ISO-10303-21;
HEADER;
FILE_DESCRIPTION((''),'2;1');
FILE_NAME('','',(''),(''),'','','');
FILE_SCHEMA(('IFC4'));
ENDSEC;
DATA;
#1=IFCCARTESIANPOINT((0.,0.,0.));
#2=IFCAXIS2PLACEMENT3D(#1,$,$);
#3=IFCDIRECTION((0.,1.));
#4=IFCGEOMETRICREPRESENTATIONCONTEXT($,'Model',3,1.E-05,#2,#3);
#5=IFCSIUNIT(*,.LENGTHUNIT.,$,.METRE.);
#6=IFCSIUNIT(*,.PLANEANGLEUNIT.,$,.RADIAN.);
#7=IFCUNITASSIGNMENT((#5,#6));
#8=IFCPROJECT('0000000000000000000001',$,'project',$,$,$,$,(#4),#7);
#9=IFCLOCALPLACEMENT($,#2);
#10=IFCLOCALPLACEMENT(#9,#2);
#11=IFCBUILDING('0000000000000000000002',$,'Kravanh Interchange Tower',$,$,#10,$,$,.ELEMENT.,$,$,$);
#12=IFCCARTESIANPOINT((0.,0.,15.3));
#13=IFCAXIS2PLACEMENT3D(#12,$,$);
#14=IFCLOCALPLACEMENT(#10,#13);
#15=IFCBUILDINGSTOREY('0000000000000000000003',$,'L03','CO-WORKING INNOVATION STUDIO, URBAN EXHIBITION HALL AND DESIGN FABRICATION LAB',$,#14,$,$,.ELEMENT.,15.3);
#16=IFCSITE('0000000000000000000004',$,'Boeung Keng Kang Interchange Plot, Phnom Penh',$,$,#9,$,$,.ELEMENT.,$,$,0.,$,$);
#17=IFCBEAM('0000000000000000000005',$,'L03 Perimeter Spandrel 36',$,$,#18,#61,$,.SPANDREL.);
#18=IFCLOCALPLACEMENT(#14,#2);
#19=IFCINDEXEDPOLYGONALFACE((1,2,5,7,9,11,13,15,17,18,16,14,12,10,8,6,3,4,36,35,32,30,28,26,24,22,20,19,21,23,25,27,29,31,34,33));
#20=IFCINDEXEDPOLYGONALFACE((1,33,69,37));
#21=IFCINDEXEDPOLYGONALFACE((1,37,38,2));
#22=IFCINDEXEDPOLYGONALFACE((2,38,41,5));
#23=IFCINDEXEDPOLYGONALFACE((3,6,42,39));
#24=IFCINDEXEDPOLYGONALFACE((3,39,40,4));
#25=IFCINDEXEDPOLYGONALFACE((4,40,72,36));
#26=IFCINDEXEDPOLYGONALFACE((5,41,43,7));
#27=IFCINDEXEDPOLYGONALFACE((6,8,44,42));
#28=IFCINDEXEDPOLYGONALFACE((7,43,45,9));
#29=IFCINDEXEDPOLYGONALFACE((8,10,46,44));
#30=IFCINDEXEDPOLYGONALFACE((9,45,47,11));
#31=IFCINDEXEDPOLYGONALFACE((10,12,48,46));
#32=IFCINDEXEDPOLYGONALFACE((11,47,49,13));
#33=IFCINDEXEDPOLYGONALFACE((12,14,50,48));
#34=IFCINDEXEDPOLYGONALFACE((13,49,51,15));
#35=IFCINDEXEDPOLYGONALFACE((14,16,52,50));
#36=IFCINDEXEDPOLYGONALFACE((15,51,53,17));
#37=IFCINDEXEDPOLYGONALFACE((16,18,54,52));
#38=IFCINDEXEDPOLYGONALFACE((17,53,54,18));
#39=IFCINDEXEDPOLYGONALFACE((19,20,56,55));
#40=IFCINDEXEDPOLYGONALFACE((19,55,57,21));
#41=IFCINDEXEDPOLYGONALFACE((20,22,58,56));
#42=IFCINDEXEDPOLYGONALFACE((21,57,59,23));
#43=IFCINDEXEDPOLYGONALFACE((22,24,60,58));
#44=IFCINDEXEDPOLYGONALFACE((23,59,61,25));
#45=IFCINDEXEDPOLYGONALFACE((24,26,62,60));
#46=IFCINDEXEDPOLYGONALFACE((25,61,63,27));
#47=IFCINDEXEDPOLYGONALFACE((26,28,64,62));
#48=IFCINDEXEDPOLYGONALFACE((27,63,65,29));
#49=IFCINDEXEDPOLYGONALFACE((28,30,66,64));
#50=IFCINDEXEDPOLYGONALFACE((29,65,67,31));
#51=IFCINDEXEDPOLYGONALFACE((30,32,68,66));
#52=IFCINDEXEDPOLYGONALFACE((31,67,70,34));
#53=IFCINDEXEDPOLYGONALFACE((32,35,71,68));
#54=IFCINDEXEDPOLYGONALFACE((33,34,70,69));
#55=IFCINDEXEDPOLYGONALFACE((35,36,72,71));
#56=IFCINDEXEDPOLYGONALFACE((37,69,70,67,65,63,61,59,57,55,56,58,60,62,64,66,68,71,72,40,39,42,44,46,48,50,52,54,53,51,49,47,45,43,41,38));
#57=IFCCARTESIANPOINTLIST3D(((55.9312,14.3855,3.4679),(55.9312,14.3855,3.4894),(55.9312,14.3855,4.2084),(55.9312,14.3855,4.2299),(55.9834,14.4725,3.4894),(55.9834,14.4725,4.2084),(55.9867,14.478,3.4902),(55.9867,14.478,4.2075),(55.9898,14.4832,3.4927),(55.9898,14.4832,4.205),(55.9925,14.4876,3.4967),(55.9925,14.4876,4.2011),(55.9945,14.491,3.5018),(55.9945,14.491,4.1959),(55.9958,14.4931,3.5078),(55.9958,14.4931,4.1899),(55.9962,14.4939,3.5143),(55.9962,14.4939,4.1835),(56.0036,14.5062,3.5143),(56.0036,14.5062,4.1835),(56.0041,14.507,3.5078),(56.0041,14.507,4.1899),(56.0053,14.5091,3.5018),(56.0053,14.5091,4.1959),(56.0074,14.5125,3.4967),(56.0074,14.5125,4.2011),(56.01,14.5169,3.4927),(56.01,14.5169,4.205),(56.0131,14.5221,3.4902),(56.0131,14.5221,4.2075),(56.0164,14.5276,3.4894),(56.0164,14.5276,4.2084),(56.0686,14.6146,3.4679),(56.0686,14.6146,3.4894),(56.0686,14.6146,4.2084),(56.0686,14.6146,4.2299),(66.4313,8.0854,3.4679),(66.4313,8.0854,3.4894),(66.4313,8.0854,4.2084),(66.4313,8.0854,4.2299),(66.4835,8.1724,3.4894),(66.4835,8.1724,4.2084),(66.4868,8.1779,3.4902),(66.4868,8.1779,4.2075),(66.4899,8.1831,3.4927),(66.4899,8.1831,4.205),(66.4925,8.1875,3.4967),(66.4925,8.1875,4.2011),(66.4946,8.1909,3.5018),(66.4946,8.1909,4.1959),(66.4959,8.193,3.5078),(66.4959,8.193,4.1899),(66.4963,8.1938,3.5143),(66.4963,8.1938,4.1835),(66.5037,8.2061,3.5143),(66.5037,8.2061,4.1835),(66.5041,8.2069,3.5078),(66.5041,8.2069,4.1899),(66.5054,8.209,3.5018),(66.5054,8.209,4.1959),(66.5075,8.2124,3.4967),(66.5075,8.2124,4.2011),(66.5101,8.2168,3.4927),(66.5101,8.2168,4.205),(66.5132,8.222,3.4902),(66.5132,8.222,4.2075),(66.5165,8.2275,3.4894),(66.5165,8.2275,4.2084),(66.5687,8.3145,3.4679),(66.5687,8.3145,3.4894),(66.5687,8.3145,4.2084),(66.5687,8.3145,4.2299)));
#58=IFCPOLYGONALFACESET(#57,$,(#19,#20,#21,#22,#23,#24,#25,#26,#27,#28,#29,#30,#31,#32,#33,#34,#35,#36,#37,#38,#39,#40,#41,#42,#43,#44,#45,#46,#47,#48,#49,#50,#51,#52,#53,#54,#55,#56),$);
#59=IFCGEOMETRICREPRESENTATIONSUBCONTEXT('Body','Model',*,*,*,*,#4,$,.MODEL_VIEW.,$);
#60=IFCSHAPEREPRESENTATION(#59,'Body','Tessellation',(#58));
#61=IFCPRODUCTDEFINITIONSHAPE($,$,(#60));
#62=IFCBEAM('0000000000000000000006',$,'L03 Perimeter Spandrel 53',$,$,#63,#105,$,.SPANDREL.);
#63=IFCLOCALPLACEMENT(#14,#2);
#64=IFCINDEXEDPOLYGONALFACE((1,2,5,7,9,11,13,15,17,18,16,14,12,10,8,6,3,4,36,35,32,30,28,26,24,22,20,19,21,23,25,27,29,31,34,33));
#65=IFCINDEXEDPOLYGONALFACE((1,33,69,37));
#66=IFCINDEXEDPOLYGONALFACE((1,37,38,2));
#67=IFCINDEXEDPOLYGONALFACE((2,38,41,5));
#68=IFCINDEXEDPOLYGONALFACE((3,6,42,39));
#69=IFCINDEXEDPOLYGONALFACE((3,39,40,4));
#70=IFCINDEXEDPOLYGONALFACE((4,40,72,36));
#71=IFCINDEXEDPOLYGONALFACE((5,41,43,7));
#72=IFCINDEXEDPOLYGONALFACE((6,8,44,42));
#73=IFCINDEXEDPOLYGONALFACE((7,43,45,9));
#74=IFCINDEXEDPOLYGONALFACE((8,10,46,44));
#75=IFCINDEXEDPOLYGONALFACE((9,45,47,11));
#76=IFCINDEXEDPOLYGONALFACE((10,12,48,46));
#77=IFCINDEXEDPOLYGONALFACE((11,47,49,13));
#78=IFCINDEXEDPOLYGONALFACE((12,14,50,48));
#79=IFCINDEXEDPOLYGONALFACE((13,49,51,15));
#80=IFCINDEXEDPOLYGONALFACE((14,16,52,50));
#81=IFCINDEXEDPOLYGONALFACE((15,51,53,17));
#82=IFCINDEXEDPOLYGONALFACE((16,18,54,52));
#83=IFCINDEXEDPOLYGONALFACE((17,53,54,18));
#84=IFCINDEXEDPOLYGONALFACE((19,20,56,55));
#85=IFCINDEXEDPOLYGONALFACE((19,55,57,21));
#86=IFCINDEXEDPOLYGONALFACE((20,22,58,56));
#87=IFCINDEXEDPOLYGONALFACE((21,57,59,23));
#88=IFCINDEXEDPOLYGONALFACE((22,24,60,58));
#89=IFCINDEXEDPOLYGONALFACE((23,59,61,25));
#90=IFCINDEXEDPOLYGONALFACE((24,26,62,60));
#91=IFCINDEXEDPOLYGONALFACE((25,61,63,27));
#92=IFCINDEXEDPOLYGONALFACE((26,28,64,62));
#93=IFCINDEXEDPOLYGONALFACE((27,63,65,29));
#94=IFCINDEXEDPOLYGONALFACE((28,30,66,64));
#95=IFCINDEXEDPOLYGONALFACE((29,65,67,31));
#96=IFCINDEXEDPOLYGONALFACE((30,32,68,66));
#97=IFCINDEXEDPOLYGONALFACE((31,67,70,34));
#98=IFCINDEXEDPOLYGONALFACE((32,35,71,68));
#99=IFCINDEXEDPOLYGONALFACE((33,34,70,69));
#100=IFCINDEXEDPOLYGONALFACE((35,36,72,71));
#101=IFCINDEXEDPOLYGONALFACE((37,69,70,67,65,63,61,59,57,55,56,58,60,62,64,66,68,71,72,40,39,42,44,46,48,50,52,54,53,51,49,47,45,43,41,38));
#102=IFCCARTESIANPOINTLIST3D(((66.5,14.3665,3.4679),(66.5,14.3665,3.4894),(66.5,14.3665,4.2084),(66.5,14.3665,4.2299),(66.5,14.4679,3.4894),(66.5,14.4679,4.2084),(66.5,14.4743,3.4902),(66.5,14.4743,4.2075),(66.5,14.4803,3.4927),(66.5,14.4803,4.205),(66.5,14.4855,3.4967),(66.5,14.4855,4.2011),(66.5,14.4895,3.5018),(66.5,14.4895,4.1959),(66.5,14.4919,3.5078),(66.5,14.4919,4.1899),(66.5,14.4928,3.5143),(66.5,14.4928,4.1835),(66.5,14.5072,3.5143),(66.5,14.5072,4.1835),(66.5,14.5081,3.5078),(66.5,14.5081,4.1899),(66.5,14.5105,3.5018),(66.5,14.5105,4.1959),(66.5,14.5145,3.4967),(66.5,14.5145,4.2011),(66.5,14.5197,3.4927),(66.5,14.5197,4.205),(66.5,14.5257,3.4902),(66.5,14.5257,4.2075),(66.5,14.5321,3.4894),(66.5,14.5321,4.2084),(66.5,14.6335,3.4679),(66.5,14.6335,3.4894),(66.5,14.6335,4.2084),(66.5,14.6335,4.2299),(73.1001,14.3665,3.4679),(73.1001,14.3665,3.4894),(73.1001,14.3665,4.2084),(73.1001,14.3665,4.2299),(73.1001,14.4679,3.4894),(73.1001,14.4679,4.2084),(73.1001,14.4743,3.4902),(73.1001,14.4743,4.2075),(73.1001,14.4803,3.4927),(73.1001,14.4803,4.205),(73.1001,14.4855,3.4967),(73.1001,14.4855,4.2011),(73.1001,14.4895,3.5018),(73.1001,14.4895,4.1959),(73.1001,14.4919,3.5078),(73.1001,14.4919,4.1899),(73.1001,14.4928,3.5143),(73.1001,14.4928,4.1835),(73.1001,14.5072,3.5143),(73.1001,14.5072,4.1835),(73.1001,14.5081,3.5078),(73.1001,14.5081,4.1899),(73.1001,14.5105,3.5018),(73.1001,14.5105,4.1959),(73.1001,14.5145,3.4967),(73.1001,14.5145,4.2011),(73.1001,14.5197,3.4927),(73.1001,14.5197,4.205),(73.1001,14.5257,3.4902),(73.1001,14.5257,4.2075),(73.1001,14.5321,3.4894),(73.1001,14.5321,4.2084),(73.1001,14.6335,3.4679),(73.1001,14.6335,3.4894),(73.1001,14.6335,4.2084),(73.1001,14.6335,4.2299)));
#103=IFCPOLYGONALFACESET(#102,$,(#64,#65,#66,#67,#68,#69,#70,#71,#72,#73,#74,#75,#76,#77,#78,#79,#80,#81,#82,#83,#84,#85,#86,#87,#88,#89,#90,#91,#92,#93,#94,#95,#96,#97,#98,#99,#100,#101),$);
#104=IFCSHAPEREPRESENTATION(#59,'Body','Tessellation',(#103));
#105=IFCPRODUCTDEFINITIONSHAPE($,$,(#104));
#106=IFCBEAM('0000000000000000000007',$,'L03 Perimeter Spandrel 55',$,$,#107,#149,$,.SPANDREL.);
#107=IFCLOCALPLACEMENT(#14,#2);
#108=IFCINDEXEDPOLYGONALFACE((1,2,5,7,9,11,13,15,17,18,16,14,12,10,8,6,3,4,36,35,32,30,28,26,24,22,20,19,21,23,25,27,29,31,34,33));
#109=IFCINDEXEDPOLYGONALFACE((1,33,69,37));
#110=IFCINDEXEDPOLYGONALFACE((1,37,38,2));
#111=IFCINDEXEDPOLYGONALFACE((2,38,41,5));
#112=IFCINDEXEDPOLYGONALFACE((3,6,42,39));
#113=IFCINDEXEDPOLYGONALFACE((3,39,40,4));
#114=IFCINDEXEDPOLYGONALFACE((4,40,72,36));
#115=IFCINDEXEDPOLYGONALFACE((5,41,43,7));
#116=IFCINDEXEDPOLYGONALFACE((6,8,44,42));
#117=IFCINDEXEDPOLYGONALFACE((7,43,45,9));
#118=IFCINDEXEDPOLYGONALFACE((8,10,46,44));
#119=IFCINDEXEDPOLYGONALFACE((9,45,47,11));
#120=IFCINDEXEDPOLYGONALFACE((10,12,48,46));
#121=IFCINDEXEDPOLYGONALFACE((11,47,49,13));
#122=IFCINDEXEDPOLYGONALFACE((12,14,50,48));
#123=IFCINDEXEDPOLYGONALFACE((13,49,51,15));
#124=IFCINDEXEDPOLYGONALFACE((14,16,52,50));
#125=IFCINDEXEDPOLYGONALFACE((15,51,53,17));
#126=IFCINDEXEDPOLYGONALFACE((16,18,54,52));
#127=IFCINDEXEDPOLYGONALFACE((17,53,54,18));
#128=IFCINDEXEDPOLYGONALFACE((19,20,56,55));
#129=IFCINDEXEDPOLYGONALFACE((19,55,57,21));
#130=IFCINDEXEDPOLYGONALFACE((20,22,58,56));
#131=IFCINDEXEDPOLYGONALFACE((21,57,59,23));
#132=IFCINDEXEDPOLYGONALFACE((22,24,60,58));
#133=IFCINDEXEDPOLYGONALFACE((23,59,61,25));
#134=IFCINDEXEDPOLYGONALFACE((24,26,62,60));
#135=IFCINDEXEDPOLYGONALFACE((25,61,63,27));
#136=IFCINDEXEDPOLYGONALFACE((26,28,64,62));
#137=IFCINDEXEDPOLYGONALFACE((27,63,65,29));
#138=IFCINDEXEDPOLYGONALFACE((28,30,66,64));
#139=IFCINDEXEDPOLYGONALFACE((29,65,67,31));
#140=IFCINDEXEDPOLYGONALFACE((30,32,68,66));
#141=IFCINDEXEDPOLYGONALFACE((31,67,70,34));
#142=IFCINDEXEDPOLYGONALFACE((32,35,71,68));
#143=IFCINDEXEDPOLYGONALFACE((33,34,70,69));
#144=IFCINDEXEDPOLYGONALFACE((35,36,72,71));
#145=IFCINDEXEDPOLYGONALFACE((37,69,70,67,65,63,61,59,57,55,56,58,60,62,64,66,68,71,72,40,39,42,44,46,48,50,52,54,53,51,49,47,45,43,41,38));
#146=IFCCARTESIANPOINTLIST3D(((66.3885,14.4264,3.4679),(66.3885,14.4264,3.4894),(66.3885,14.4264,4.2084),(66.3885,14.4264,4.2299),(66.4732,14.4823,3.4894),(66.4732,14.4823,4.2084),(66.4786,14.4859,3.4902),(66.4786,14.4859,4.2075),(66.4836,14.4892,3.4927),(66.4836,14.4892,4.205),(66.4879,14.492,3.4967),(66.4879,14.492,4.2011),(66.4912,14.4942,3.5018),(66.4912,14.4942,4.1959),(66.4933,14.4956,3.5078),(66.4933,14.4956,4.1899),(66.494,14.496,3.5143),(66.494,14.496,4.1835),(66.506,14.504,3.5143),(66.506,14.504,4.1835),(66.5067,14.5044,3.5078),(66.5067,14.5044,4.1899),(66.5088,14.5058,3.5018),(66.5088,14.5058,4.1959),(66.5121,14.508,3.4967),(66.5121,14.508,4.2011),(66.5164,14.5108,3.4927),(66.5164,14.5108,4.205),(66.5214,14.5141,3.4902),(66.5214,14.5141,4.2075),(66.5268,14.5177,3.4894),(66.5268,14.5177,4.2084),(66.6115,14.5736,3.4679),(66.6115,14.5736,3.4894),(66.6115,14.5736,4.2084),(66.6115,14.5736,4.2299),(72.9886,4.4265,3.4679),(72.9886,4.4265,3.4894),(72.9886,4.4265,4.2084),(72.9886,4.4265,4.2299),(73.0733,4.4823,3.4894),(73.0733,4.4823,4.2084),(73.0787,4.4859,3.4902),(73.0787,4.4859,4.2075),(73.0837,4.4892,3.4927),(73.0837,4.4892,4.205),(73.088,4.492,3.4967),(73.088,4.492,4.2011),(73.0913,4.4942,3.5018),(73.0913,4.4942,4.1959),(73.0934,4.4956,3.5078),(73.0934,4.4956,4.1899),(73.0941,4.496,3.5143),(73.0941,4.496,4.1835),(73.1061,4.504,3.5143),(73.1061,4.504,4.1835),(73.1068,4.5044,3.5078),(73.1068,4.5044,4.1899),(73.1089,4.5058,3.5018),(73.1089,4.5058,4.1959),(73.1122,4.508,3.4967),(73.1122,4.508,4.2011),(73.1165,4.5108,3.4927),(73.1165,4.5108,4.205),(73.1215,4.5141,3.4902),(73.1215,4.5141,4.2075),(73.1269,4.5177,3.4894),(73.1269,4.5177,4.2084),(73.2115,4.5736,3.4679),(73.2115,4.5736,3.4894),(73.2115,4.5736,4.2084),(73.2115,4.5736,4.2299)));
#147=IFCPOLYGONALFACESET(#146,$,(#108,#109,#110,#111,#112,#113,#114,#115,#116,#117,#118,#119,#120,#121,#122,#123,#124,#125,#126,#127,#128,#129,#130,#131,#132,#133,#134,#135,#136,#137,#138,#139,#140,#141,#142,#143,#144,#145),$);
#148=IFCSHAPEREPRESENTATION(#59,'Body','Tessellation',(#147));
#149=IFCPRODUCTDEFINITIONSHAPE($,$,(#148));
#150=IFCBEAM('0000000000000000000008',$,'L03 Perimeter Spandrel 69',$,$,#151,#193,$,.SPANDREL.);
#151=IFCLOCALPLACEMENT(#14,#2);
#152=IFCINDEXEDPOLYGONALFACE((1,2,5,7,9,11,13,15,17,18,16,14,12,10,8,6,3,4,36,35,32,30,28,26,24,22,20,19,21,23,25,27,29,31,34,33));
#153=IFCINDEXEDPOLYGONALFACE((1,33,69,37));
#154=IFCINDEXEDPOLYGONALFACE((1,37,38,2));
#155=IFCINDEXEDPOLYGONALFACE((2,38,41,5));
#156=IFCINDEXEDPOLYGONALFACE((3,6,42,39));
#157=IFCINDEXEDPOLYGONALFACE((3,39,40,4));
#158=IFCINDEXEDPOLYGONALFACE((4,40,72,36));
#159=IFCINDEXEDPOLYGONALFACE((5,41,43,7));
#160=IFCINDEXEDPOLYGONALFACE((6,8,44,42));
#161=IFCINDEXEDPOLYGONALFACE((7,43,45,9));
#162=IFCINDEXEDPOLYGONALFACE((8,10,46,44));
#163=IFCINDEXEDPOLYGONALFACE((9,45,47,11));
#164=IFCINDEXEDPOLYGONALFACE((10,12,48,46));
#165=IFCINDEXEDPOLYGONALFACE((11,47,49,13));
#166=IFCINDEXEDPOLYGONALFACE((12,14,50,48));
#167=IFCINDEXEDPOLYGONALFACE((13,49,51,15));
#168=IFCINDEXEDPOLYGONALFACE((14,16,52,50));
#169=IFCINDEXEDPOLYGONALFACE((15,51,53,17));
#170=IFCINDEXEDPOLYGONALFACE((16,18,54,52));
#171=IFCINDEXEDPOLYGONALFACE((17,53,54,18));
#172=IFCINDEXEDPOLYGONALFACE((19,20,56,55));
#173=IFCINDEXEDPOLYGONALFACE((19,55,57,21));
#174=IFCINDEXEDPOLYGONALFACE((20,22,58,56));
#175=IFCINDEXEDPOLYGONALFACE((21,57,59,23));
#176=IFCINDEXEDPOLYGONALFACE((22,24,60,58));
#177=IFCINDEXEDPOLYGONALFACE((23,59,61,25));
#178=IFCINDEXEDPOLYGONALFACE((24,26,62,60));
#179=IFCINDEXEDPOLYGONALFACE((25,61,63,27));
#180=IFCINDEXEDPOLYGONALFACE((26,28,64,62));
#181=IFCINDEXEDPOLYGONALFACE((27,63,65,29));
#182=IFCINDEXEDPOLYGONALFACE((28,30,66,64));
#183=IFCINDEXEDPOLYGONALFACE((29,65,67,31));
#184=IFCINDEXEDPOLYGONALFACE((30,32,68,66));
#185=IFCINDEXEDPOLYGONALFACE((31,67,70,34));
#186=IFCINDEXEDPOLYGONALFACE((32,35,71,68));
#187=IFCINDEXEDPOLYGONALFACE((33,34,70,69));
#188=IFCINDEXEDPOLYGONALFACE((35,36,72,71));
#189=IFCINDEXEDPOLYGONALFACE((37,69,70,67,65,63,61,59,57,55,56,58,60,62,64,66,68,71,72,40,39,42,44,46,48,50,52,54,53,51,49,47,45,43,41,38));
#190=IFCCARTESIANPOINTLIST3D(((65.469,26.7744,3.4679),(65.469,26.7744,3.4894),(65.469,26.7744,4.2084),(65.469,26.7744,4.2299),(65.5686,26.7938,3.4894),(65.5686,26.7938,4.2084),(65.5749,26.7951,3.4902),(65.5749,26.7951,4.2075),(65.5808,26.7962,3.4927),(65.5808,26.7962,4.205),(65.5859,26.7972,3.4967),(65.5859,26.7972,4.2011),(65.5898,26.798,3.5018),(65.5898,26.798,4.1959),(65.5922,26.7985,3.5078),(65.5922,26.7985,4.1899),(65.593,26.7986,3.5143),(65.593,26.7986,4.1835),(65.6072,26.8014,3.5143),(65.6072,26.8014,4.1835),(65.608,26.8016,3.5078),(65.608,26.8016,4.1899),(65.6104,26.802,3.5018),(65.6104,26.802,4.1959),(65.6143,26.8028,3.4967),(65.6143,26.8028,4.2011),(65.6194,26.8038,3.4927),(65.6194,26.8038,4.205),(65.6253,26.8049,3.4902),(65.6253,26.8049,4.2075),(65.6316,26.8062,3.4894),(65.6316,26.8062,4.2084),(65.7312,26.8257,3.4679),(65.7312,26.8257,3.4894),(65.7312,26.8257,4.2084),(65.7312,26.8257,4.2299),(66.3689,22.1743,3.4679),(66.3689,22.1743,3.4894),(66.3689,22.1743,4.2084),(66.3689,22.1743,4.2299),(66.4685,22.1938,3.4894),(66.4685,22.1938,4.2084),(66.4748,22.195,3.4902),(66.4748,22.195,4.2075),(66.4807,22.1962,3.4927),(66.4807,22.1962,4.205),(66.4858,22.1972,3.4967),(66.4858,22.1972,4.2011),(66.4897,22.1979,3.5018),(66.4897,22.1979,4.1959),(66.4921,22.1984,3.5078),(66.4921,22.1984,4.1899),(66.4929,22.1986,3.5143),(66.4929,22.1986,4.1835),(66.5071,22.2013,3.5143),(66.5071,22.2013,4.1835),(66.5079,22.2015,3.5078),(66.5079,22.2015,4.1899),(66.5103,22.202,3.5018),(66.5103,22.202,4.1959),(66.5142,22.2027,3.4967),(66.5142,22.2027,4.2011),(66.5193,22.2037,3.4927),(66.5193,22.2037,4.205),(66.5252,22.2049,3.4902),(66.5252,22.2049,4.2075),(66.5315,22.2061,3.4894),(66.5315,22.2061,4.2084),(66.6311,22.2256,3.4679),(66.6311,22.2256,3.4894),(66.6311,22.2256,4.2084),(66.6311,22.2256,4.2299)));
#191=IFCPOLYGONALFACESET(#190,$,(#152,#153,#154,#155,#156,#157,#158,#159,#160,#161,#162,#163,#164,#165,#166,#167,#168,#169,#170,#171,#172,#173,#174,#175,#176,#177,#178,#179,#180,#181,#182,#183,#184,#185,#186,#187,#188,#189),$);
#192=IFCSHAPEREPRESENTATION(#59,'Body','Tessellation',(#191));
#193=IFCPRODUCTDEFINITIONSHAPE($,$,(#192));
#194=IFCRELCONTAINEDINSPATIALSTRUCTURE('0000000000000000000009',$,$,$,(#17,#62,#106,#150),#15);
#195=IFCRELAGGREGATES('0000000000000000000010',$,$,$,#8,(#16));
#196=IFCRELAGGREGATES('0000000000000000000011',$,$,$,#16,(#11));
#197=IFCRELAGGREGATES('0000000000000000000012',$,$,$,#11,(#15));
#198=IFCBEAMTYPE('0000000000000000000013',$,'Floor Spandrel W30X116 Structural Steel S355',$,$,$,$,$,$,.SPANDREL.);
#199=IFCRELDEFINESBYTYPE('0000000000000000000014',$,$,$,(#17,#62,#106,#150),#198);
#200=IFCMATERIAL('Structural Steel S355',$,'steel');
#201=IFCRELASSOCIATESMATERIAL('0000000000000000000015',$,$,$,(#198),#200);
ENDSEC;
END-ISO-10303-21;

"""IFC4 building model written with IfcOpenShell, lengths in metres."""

from ifc_helpers import new_model, si_unit, direction, frame, origin, origin_2d, place, context, subcontext, project, spatial, i_section, extrude, material, material_profile, profile_set, type_object, element, save


model = new_model("IFC4")

# Units and contexts
model_context = context("Model", 3, precision=1e-05, world=origin(), true_north=direction((0.0, 1.0)))
body_context = subcontext(model_context, "Body", "Model", "MODEL_VIEW")
ifc_project = project(units=[si_unit("LENGTHUNIT", "METRE"), si_unit("PLANEANGLEUNIT", "RADIAN")], contexts=[model_context])

# Site, building, storey
site_placement = place(None, origin())
site = spatial("IfcSite", under=ifc_project, at=site_placement, Name="Boeung Keng Kang Interchange Plot, Phnom Penh", CompositionType="ELEMENT", RefElevation=0.0)
building_placement = place(site_placement, origin())
building = spatial("IfcBuilding", under=site, at=building_placement, Name="Kravanh Interchange Tower", CompositionType="ELEMENT")
storey_placement = place(building_placement, frame((0.0, 0.0, 15.3)))
storey = spatial("IfcBuildingStorey", under=building, at=storey_placement, Name="L03", Description="CO-WORKING INNOVATION STUDIO, URBAN EXHIBITION HALL AND DESIGN FABRICATION LAB", CompositionType="ELEMENT", Elevation=15.3)

# Beams
ifc_material_1 = material(Name="Structural Steel S355", Category="steel")
ifc_material_profile_1 = material_profile(ifc_material_1, i_section(OverallWidth=0.2671, OverallDepth=0.762, WebThickness=0.0144, FlangeThickness=0.0215, FilletRadius=0.0249, at=origin_2d()), Name="W30X116")
ifc_profile_set_1 = profile_set([ifc_material_profile_1], Name="Structural Steel S355")
beam_type_1 = type_object("IfcBeamType", Name="Floor Spandrel W30X116 Structural Steel S355", PredefinedType="SPANDREL", material=ifc_profile_set_1)
beam_1_placement = place(storey_placement, frame((66.5, 8.2, 3.8489), z_axis=(-0.857491, 0.514499, 0.0), x_axis=(-0.514499, -0.857491, 0.0)))
element("IfcBeam", 1, at=beam_1_placement, inside=storey, type_object=beam_type_1, Name="L03 Perimeter Spandrel 36", PredefinedType="SPANDREL", context=body_context, shape_type="SweptSolid", body=[
    extrude(i_section(OverallWidth=0.2671, OverallDepth=0.762, WebThickness=0.0144, FlangeThickness=0.0215, FilletRadius=0.0249, at=origin_2d()), origin(), (0.0, 0.0, 1.0), 12.2451),
])
beam_2_placement = place(storey_placement, frame((66.5, 14.5, 3.8489), z_axis=(1.0, 0.0, 0.0), x_axis=(0.0, 1.0, 0.0)))
element("IfcBeam", 2, at=beam_2_placement, inside=storey, type_object=beam_type_1, Name="L03 Perimeter Spandrel 53", PredefinedType="SPANDREL", context=body_context, shape_type="SweptSolid", body=[
    extrude(i_section(OverallWidth=0.2671, OverallDepth=0.762, WebThickness=0.0144, FlangeThickness=0.0215, FilletRadius=0.0249, at=origin_2d()), origin(), (0.0, 0.0, 1.0), 6.6001),
])
beam_3_placement = place(storey_placement, frame((66.5, 14.5, 3.8489), z_axis=(0.550848, -0.834606, 0.0), x_axis=(0.834606, 0.550848, 0.0)))
element("IfcBeam", 3, at=beam_3_placement, inside=storey, type_object=beam_type_1, Name="L03 Perimeter Spandrel 55", PredefinedType="SPANDREL", context=body_context, shape_type="SweptSolid", body=[
    extrude(i_section(OverallWidth=0.2671, OverallDepth=0.762, WebThickness=0.0144, FlangeThickness=0.0215, FilletRadius=0.0249, at=origin_2d()), origin(), (0.0, 0.0, 1.0), 11.9817),
])
beam_4_placement = place(storey_placement, frame((66.5, 22.2, 3.8489), z_axis=(-0.191988, 0.981397, 0.0), x_axis=(-0.981397, -0.191988, 0.0)))
element("IfcBeam", 4, at=beam_4_placement, inside=storey, type_object=beam_type_1, Name="L03 Perimeter Spandrel 69", PredefinedType="SPANDREL", context=body_context, shape_type="SweptSolid", body=[
    extrude(i_section(OverallWidth=0.2671, OverallDepth=0.762, WebThickness=0.0144, FlangeThickness=0.0215, FilletRadius=0.0249, at=origin_2d()), origin(), (0.0, 0.0, 1.0), 4.6873),
])

save(model, "model.ifc")
